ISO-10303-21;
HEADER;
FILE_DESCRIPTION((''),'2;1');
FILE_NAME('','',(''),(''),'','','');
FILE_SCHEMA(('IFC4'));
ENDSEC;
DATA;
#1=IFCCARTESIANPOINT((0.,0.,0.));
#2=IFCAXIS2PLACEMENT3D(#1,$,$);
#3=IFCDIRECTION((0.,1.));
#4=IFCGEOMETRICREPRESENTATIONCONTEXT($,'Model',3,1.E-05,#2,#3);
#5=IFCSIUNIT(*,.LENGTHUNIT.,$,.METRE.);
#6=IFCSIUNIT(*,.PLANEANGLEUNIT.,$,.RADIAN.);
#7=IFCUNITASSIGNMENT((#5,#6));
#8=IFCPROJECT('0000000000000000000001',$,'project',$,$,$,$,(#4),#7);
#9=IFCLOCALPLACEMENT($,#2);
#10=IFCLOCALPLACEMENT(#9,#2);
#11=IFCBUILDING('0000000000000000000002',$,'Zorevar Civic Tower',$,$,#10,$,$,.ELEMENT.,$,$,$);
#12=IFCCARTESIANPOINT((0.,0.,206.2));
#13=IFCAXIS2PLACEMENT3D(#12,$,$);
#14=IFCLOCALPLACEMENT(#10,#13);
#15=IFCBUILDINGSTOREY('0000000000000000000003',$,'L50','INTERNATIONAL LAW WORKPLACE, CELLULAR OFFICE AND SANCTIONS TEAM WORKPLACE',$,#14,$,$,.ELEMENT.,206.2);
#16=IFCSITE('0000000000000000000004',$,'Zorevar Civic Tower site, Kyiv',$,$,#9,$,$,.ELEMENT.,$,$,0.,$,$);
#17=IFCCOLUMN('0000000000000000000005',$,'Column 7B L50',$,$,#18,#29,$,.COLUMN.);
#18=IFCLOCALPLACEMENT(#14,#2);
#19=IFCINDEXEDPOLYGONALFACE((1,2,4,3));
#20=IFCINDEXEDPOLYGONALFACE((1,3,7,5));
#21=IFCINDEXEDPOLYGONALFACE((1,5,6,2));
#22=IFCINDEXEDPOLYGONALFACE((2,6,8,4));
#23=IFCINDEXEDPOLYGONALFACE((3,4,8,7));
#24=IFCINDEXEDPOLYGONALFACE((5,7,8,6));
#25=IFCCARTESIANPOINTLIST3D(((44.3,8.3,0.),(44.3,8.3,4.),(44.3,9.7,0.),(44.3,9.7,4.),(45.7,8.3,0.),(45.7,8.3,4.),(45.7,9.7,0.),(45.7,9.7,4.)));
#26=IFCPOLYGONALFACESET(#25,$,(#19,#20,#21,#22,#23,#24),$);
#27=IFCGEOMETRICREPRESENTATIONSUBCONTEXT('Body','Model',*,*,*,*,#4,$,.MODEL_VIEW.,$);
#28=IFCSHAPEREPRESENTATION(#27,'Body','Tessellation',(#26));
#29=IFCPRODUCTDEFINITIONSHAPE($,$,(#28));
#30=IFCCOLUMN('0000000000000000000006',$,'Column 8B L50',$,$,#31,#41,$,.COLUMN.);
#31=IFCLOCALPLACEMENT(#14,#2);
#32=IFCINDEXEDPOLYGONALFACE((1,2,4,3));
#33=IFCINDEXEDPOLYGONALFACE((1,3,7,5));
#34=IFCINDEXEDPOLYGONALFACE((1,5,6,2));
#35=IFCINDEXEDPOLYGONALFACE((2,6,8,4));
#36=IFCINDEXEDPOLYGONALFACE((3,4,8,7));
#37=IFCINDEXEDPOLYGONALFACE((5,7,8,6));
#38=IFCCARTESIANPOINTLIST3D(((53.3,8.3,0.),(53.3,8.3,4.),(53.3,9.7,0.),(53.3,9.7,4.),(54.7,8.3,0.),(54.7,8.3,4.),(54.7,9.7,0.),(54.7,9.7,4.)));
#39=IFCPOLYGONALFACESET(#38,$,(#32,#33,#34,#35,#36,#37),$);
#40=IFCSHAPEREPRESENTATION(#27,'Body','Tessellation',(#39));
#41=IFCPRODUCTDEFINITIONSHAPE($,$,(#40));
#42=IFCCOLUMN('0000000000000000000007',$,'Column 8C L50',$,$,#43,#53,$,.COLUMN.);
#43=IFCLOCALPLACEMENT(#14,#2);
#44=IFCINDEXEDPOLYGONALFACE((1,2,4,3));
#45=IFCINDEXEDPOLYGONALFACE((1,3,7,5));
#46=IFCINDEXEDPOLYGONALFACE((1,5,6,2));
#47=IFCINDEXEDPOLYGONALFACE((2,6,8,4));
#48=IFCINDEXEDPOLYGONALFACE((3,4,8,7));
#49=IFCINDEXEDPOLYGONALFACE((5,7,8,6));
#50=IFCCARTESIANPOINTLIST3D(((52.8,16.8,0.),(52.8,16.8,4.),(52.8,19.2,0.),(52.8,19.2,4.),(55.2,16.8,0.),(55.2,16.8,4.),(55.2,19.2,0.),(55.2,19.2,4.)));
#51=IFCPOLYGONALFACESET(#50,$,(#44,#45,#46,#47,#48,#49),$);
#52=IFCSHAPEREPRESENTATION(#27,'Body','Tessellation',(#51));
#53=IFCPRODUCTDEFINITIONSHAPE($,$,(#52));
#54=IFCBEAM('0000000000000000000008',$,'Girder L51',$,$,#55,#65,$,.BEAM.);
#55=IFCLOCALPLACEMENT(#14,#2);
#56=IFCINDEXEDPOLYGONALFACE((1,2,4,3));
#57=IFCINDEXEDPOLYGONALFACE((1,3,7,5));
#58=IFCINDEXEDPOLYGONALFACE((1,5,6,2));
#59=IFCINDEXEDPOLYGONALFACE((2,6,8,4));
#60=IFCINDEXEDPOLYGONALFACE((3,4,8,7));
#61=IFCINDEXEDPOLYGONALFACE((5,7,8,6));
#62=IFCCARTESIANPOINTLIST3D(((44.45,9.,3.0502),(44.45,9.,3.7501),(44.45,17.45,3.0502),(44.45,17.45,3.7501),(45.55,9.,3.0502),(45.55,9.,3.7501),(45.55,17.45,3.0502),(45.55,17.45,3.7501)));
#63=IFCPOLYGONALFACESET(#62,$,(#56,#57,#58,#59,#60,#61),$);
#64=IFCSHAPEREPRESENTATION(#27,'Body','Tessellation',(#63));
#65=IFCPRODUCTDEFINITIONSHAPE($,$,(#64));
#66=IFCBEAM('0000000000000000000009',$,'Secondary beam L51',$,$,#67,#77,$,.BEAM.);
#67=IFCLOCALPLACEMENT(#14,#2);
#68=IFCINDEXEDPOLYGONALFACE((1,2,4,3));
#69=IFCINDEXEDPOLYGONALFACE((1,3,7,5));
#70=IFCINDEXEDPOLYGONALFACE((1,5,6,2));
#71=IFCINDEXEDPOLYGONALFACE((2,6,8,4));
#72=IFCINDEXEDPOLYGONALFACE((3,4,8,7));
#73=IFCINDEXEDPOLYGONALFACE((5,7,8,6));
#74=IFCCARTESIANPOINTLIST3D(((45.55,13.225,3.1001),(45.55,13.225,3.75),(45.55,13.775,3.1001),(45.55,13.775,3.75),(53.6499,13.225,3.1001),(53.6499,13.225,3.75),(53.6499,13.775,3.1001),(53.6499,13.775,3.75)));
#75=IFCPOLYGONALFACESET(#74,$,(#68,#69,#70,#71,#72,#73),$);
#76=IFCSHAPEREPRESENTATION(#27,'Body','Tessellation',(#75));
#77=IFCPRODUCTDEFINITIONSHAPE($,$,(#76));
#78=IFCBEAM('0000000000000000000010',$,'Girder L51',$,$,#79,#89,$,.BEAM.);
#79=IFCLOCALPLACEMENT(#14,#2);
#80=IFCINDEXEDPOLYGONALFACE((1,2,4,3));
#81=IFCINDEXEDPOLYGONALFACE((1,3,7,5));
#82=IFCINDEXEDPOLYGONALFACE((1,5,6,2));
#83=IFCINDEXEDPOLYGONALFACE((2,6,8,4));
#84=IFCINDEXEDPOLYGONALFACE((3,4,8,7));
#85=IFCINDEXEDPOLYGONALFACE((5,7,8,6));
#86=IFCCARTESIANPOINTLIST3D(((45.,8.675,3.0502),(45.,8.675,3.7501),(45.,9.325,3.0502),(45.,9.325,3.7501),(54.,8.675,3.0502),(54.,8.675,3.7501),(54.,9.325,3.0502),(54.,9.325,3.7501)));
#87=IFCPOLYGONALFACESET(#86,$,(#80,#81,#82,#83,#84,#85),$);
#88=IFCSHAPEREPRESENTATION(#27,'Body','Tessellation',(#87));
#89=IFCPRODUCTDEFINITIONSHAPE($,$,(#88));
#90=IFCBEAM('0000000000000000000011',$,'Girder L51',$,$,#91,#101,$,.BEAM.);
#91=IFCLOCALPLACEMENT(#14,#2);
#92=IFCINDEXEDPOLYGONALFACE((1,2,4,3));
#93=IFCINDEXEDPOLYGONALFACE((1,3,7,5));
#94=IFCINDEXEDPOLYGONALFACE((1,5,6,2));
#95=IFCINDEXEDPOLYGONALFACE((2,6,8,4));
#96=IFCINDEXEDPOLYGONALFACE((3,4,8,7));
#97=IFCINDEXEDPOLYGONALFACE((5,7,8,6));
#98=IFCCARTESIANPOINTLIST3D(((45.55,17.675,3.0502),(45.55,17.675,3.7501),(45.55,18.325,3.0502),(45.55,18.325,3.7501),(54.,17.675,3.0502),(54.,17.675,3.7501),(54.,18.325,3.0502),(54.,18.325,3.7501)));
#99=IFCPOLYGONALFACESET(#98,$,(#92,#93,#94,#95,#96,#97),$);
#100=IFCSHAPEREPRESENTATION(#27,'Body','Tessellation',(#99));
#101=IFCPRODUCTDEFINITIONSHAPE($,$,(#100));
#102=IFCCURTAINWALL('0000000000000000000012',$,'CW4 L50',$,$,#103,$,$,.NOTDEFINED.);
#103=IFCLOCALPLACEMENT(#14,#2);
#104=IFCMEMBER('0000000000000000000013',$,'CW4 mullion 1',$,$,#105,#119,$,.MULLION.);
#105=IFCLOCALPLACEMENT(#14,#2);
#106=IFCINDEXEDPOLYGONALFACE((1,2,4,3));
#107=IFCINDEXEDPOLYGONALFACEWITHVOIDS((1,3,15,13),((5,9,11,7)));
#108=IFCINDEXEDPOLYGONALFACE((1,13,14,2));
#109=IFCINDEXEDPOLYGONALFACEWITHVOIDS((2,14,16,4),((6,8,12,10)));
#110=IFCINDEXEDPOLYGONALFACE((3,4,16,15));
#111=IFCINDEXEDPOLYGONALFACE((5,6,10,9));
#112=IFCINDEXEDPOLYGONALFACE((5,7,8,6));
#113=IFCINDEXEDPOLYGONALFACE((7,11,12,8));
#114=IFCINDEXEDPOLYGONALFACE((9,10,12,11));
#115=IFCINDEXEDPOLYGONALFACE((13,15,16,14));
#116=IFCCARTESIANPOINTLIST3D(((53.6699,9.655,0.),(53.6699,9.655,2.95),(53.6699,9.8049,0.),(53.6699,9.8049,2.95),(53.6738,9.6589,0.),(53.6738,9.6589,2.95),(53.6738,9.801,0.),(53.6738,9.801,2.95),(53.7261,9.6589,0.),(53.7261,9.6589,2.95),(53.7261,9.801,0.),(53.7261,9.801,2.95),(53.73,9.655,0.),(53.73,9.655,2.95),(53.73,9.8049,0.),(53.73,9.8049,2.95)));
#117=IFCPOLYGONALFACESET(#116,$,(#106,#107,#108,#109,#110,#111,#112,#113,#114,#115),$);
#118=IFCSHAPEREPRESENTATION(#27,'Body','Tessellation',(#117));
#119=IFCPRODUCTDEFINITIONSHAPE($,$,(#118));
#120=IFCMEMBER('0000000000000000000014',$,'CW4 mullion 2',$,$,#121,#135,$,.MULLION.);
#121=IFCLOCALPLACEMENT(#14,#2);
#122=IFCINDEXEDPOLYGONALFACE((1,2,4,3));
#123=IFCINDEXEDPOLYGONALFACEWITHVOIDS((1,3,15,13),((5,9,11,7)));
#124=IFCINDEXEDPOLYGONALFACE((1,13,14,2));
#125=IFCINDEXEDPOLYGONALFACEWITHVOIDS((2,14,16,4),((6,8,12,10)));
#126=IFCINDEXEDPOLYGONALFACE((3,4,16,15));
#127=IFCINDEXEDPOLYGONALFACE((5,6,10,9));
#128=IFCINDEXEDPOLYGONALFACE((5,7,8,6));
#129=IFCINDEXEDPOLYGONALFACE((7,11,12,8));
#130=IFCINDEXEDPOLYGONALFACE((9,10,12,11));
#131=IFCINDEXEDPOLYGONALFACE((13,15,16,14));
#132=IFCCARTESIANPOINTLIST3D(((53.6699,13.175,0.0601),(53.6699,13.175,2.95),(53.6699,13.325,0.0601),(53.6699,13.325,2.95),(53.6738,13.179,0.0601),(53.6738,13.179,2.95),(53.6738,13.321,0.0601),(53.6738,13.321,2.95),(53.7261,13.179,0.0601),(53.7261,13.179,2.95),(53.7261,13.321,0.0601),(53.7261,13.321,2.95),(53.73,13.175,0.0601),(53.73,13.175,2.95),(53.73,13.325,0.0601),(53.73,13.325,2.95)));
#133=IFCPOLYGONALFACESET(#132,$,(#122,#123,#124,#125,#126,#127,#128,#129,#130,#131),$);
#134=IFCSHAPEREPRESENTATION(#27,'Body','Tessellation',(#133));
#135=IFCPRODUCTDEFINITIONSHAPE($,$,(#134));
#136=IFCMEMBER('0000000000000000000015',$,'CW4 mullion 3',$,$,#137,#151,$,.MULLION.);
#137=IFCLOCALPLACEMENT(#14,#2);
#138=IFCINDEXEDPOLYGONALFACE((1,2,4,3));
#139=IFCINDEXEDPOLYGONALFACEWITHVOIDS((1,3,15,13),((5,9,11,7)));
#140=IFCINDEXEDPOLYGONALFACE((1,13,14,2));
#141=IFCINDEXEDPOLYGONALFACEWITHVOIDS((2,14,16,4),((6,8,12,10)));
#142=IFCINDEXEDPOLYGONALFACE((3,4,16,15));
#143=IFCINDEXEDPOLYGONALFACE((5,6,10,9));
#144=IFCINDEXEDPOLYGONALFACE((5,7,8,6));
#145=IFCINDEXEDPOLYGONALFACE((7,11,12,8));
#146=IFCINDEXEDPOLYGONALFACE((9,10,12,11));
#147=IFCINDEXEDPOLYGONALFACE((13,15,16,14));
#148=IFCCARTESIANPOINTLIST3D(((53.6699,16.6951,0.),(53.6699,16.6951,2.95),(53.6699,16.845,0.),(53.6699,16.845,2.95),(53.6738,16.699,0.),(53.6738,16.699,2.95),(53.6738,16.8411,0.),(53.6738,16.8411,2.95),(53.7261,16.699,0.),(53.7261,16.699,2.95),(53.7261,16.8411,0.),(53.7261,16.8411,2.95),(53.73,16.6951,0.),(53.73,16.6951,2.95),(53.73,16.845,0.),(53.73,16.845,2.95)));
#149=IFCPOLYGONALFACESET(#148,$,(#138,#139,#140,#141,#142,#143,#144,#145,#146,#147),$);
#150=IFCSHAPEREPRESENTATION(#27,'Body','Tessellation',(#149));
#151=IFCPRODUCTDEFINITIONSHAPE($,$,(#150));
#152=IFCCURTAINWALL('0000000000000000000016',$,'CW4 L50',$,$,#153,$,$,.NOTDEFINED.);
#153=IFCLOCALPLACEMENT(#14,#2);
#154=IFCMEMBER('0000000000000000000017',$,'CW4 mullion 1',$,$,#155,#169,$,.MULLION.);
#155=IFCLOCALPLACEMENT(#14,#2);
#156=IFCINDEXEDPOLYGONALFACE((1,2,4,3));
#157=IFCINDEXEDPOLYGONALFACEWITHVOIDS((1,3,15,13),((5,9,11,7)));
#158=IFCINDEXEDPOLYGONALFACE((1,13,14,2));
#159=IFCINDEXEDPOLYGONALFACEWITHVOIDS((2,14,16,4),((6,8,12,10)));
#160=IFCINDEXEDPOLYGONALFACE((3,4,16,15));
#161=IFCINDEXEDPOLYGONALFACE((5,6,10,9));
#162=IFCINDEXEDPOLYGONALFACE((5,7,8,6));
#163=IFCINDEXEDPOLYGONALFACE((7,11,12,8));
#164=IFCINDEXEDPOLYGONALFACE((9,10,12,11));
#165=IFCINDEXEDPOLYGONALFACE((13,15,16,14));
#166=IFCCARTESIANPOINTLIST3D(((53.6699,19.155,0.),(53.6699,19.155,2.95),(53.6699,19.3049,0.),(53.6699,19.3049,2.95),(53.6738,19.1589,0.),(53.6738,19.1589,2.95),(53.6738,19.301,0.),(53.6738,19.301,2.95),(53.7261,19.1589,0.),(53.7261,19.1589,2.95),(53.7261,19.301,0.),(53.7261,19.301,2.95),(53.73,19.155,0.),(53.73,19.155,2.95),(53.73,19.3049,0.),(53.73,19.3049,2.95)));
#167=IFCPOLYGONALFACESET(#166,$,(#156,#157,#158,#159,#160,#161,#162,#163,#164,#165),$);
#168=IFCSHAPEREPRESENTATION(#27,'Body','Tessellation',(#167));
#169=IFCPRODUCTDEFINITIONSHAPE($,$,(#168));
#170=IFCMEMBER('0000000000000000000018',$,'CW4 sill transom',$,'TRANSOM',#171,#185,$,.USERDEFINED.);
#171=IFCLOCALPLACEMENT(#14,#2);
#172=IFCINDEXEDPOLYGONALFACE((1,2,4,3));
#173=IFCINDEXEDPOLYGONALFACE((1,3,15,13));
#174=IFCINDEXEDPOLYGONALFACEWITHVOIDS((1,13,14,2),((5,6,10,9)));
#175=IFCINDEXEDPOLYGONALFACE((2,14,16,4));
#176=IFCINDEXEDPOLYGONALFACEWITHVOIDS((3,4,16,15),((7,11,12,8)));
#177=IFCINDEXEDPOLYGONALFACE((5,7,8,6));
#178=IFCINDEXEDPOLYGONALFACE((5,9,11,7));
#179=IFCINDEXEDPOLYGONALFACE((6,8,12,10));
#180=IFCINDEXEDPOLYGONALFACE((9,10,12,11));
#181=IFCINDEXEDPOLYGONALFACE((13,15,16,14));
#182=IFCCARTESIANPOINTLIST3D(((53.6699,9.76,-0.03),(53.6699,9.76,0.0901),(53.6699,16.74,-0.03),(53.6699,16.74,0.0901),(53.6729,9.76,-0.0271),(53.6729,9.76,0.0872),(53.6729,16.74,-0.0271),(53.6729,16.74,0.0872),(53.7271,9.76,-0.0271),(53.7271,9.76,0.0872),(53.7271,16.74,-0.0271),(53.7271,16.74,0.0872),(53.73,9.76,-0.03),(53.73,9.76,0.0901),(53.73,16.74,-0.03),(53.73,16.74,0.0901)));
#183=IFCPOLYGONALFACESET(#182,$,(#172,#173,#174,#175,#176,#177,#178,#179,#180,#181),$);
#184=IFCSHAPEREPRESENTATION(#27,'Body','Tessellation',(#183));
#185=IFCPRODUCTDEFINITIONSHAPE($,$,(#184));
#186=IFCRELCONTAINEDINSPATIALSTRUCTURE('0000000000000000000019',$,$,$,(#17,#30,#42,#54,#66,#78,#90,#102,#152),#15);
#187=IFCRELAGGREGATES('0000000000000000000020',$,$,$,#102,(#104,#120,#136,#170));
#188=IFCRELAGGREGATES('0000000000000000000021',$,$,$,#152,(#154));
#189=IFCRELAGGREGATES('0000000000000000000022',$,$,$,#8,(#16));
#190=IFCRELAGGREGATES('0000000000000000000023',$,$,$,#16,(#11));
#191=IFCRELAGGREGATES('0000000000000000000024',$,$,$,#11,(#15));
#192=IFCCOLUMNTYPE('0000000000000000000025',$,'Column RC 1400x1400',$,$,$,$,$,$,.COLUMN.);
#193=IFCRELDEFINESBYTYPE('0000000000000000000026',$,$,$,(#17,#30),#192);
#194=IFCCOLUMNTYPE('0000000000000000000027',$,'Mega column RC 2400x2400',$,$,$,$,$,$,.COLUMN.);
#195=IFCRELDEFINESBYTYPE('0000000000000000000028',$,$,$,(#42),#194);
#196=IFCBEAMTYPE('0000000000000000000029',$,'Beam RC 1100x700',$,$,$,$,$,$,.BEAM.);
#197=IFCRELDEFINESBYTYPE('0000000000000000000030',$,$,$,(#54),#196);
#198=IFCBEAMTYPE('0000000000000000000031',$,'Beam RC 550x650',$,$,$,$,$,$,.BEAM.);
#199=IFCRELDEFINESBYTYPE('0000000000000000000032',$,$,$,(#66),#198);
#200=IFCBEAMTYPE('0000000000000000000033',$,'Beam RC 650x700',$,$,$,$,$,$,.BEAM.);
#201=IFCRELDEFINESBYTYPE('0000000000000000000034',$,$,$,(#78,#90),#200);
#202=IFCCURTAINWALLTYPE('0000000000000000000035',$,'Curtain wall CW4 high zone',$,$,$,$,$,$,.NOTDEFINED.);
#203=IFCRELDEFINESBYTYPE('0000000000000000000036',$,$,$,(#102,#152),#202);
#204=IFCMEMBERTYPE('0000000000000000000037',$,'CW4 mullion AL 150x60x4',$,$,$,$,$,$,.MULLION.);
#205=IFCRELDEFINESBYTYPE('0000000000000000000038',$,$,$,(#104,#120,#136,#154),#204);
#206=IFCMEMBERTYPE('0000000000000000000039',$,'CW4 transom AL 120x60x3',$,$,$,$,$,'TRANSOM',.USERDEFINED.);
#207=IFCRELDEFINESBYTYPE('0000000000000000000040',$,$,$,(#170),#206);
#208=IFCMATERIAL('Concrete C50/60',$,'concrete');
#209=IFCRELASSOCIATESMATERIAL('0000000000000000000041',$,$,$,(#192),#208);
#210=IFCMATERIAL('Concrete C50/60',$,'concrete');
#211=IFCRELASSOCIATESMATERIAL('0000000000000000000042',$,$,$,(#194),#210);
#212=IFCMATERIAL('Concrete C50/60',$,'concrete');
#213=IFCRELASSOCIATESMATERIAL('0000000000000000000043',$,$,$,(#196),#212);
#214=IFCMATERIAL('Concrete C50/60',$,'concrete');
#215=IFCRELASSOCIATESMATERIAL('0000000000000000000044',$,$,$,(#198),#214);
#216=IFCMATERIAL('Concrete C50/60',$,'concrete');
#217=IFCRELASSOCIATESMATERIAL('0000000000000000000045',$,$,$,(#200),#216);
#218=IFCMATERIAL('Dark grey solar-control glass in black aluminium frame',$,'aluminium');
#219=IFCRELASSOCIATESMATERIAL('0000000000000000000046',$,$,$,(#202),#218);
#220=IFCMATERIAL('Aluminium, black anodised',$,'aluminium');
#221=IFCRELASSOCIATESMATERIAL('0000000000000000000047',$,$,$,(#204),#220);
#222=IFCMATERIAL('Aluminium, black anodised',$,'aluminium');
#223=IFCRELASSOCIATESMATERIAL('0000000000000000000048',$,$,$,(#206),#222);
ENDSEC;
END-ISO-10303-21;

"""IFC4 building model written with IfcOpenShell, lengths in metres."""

from ifc_helpers import new_model, si_unit, direction, frame, origin, origin_2d, place, context, subcontext, project, spatial, rectangle, hollow_rectangle, extrude, material, material_profile, profile_set, type_object, element, aggregate, save


model = new_model("IFC4")

# Units and contexts
model_context = context("Model", 3, precision=1e-05, world=origin(), true_north=direction((0.0, 1.0)))
body_context = subcontext(model_context, "Body", "Model", "MODEL_VIEW")
ifc_project = project(units=[si_unit("LENGTHUNIT", "METRE"), si_unit("PLANEANGLEUNIT", "RADIAN")], contexts=[model_context])

# Site, building, storey
site_placement = place(None, origin())
site = spatial("IfcSite", under=ifc_project, at=site_placement, Name="Zorevar Civic Tower site, Kyiv", CompositionType="ELEMENT", RefElevation=0.0)
building_placement = place(site_placement, origin())
building = spatial("IfcBuilding", under=site, at=building_placement, Name="Zorevar Civic Tower", CompositionType="ELEMENT")
storey_placement = place(building_placement, frame((0.0, 0.0, 206.2)))
storey = spatial("IfcBuildingStorey", under=building, at=storey_placement, Name="L50", Description="INTERNATIONAL LAW WORKPLACE, CELLULAR OFFICE AND SANCTIONS TEAM WORKPLACE", CompositionType="ELEMENT", Elevation=206.2)

# Columns
ifc_material_1 = material(Name="Concrete C50/60", Category="concrete")
ifc_material_profile_1 = material_profile(ifc_material_1, rectangle(XDim=1.3999, YDim=1.3999, at=origin_2d()), Name="RC 1400x1400")
ifc_profile_set_1 = profile_set([ifc_material_profile_1], Name="Concrete C50/60")
column_type_1 = type_object("IfcColumnType", Name="Column RC 1400x1400", PredefinedType="COLUMN", material=ifc_profile_set_1)
for number, where, z_axis, x_axis, name in (
    (1, (45.0, 9.0, 0.0), (0.0, 0.0, 1.0), (1.0, 0.0, 0.0), "Column 7B L50"),
    (2, (54.0, 9.0, 0.0), (0.0, 0.0, 1.0), (1.0, 0.0, 0.0), "Column 8B L50"),
):
    element("IfcColumn", number, at=place(storey_placement, frame(where, z_axis=z_axis, x_axis=x_axis)), inside=storey, type_object=column_type_1, Name=name, PredefinedType="COLUMN", context=body_context, shape_type="SweptSolid", body=[
        extrude(rectangle(XDim=1.3999, YDim=1.3999, at=origin_2d()), origin(), (0.0, 0.0, 1.0), 4.0),
    ])
ifc_material_2 = material(Name="Concrete C50/60", Category="concrete")
ifc_material_profile_2 = material_profile(ifc_material_2, rectangle(XDim=2.3999, YDim=2.3999, at=origin_2d()), Name="RC 2400x2400")
ifc_profile_set_2 = profile_set([ifc_material_profile_2], Name="Concrete C50/60")
column_type_2 = type_object("IfcColumnType", Name="Mega column RC 2400x2400", PredefinedType="COLUMN", material=ifc_profile_set_2)
column_placement = place(storey_placement, frame((54.0, 18.0, 0.0), z_axis=(0.0, 0.0, 1.0), x_axis=(1.0, 0.0, 0.0)))
element("IfcColumn", 3, at=column_placement, inside=storey, type_object=column_type_2, Name="Column 8C L50", PredefinedType="COLUMN", context=body_context, shape_type="SweptSolid", body=[
    extrude(rectangle(XDim=2.3999, YDim=2.3999, at=origin_2d()), origin(), (0.0, 0.0, 1.0), 4.0),
])

# Beams
ifc_material_3 = material(Name="Concrete C50/60", Category="concrete")
ifc_material_profile_3 = material_profile(ifc_material_3, rectangle(XDim=1.1001, YDim=0.7, at=origin_2d()), Name="RC 1100x700")
ifc_profile_set_3 = profile_set([ifc_material_profile_3], Name="Concrete C50/60")
beam_type_1 = type_object("IfcBeamType", Name="Beam RC 1100x700", PredefinedType="BEAM", material=ifc_profile_set_3)
beam_1_placement = place(storey_placement, frame((45.0, 9.0, 3.4001), z_axis=(0.0, 1.0, 0.0), x_axis=(-1.0, 0.0, 0.0)))
element("IfcBeam", 4, at=beam_1_placement, inside=storey, type_object=beam_type_1, Name="Girder L51", PredefinedType="BEAM", context=body_context, shape_type="SweptSolid", body=[
    extrude(rectangle(XDim=1.1001, YDim=0.7, at=origin_2d()), origin(), (0.0, 0.0, 1.0), 8.45),
])
ifc_material_4 = material(Name="Concrete C50/60", Category="concrete")
ifc_material_profile_4 = material_profile(ifc_material_4, rectangle(XDim=0.55, YDim=0.6499, at=origin_2d()), Name="RC 550x650")
ifc_profile_set_4 = profile_set([ifc_material_profile_4], Name="Concrete C50/60")
beam_type_2 = type_object("IfcBeamType", Name="Beam RC 550x650", PredefinedType="BEAM", material=ifc_profile_set_4)
beam_2_placement = place(storey_placement, frame((45.55, 13.5, 3.425), z_axis=(1.0, 0.0, 0.0), x_axis=(0.0, 1.0, 0.0)))
element("IfcBeam", 5, at=beam_2_placement, inside=storey, type_object=beam_type_2, Name="Secondary beam L51", PredefinedType="BEAM", context=body_context, shape_type="SweptSolid", body=[
    extrude(rectangle(XDim=0.55, YDim=0.6499, at=origin_2d()), origin(), (0.0, 0.0, 1.0), 8.0999),
])
ifc_material_5 = material(Name="Concrete C50/60", Category="concrete")
ifc_material_profile_5 = material_profile(ifc_material_5, rectangle(XDim=0.6499, YDim=0.7, at=origin_2d()), Name="RC 650x700")
ifc_profile_set_5 = profile_set([ifc_material_profile_5], Name="Concrete C50/60")
beam_type_3 = type_object("IfcBeamType", Name="Beam RC 650x700", PredefinedType="BEAM", material=ifc_profile_set_5)
beam_3_placement = place(storey_placement, frame((45.0, 9.0, 3.4001), z_axis=(1.0, 0.0, 0.0), x_axis=(0.0, 1.0, 0.0)))
element("IfcBeam", 6, at=beam_3_placement, inside=storey, type_object=beam_type_3, Name="Girder L51", PredefinedType="BEAM", context=body_context, shape_type="SweptSolid", body=[
    extrude(rectangle(XDim=0.6499, YDim=0.7, at=origin_2d()), origin(), (0.0, 0.0, 1.0), 9.0),
])
beam_4_placement = place(storey_placement, frame((45.55, 18.0, 3.4001), z_axis=(1.0, 0.0, 0.0), x_axis=(0.0, 1.0, 0.0)))
element("IfcBeam", 7, at=beam_4_placement, inside=storey, type_object=beam_type_3, Name="Girder L51", PredefinedType="BEAM", context=body_context, shape_type="SweptSolid", body=[
    extrude(rectangle(XDim=0.6499, YDim=0.7, at=origin_2d()), origin(), (0.0, 0.0, 1.0), 8.45),
])

# Curtain wall, members
ifc_material_6 = material(Name="Dark grey solar-control glass in black aluminium frame", Category="aluminium")
curtain_wall_type = type_object("IfcCurtainWallType", Name="Curtain wall CW4 high zone", PredefinedType="NOTDEFINED", material=ifc_material_6)
curtain_wall_1_placement = place(storey_placement, origin())
curtain_wall_1 = element("IfcCurtainWall", 8, at=curtain_wall_1_placement, inside=storey, type_object=curtain_wall_type, Name="CW4 L50", PredefinedType="NOTDEFINED")
ifc_material_7 = material(Name="Aluminium, black anodised", Category="aluminium")
ifc_material_profile_6 = material_profile(ifc_material_7, hollow_rectangle(XDim=0.0601, YDim=0.1499, WallThickness=0.0039, at=origin_2d()), Name="AL 150x60x4")
ifc_profile_set_6 = profile_set([ifc_material_profile_6], Name="Aluminium, black anodised")
member_type_1 = type_object("IfcMemberType", Name="CW4 mullion AL 150x60x4", PredefinedType="MULLION", material=ifc_profile_set_6)
member_1_placement = place(storey_placement, frame((53.7, 9.73, 0.0), z_axis=(0.0, 0.0, 1.0), x_axis=(-1.0, 0.0, 0.0)))
member_1 = element("IfcMember", 9, at=member_1_placement, type_object=member_type_1, Name="CW4 mullion 1", PredefinedType="MULLION", context=body_context, shape_type="SweptSolid", body=[
    extrude(hollow_rectangle(XDim=0.0601, YDim=0.1499, WallThickness=0.0039, at=origin_2d()), origin(), (0.0, 0.0, 1.0), 2.95),
])
member_2_placement = place(storey_placement, frame((53.7, 13.25, 0.0601), z_axis=(0.0, 0.0, 1.0), x_axis=(-1.0, 0.0, 0.0)))
member_2 = element("IfcMember", 10, at=member_2_placement, type_object=member_type_1, Name="CW4 mullion 2", PredefinedType="MULLION", context=body_context, shape_type="SweptSolid", body=[
    extrude(hollow_rectangle(XDim=0.0601, YDim=0.1499, WallThickness=0.0039, at=origin_2d()), origin(), (0.0, 0.0, 1.0), 2.8899),
])
member_3_placement = place(storey_placement, frame((53.7, 16.77, 0.0), z_axis=(0.0, 0.0, 1.0), x_axis=(-1.0, 0.0, 0.0)))
member_3 = element("IfcMember", 11, at=member_3_placement, type_object=member_type_1, Name="CW4 mullion 3", PredefinedType="MULLION", context=body_context, shape_type="SweptSolid", body=[
    extrude(hollow_rectangle(XDim=0.0601, YDim=0.1499, WallThickness=0.0039, at=origin_2d()), origin(), (0.0, 0.0, 1.0), 2.95),
])

# Curtain wall, member
curtain_wall_2_placement = place(storey_placement, origin())
curtain_wall_2 = element("IfcCurtainWall", 12, at=curtain_wall_2_placement, inside=storey, type_object=curtain_wall_type, Name="CW4 L50", PredefinedType="NOTDEFINED")
member_4_placement = place(storey_placement, frame((53.7, 19.23, 0.0), z_axis=(0.0, 0.0, 1.0), x_axis=(-1.0, 0.0, 0.0)))
member_4 = element("IfcMember", 13, at=member_4_placement, type_object=member_type_1, Name="CW4 mullion 1", PredefinedType="MULLION", context=body_context, shape_type="SweptSolid", body=[
    extrude(hollow_rectangle(XDim=0.0601, YDim=0.1499, WallThickness=0.0039, at=origin_2d()), origin(), (0.0, 0.0, 1.0), 2.95),
])

# Member
ifc_material_8 = material(Name="Aluminium, black anodised", Category="aluminium")
ifc_material_profile_7 = material_profile(ifc_material_8, hollow_rectangle(XDim=0.0601, YDim=0.1201, WallThickness=0.0029, at=origin_2d()), Name="AL 120x60x3")
ifc_profile_set_7 = profile_set([ifc_material_profile_7], Name="Aluminium, black anodised")
member_type_2 = type_object("IfcMemberType", Name="CW4 transom AL 120x60x3", ElementType="TRANSOM", PredefinedType="USERDEFINED", material=ifc_profile_set_7)
member_5_placement = place(storey_placement, frame((53.7, 9.76, 0.03), z_axis=(0.0, 1.0, 0.0), x_axis=(-1.0, 0.0, 0.0)))
member_5 = element("IfcMember", 14, at=member_5_placement, type_object=member_type_2, Name="CW4 sill transom", ObjectType="TRANSOM", PredefinedType="USERDEFINED", context=body_context, shape_type="SweptSolid", body=[
    extrude(hollow_rectangle(XDim=0.0601, YDim=0.1201, WallThickness=0.0029, at=origin_2d()), origin(), (0.0, 0.0, 1.0), 6.98),
])

aggregate(curtain_wall_1, [member_1, member_2, member_3, member_5])
aggregate(curtain_wall_2, [member_4])

save(model, "model.ifc")
